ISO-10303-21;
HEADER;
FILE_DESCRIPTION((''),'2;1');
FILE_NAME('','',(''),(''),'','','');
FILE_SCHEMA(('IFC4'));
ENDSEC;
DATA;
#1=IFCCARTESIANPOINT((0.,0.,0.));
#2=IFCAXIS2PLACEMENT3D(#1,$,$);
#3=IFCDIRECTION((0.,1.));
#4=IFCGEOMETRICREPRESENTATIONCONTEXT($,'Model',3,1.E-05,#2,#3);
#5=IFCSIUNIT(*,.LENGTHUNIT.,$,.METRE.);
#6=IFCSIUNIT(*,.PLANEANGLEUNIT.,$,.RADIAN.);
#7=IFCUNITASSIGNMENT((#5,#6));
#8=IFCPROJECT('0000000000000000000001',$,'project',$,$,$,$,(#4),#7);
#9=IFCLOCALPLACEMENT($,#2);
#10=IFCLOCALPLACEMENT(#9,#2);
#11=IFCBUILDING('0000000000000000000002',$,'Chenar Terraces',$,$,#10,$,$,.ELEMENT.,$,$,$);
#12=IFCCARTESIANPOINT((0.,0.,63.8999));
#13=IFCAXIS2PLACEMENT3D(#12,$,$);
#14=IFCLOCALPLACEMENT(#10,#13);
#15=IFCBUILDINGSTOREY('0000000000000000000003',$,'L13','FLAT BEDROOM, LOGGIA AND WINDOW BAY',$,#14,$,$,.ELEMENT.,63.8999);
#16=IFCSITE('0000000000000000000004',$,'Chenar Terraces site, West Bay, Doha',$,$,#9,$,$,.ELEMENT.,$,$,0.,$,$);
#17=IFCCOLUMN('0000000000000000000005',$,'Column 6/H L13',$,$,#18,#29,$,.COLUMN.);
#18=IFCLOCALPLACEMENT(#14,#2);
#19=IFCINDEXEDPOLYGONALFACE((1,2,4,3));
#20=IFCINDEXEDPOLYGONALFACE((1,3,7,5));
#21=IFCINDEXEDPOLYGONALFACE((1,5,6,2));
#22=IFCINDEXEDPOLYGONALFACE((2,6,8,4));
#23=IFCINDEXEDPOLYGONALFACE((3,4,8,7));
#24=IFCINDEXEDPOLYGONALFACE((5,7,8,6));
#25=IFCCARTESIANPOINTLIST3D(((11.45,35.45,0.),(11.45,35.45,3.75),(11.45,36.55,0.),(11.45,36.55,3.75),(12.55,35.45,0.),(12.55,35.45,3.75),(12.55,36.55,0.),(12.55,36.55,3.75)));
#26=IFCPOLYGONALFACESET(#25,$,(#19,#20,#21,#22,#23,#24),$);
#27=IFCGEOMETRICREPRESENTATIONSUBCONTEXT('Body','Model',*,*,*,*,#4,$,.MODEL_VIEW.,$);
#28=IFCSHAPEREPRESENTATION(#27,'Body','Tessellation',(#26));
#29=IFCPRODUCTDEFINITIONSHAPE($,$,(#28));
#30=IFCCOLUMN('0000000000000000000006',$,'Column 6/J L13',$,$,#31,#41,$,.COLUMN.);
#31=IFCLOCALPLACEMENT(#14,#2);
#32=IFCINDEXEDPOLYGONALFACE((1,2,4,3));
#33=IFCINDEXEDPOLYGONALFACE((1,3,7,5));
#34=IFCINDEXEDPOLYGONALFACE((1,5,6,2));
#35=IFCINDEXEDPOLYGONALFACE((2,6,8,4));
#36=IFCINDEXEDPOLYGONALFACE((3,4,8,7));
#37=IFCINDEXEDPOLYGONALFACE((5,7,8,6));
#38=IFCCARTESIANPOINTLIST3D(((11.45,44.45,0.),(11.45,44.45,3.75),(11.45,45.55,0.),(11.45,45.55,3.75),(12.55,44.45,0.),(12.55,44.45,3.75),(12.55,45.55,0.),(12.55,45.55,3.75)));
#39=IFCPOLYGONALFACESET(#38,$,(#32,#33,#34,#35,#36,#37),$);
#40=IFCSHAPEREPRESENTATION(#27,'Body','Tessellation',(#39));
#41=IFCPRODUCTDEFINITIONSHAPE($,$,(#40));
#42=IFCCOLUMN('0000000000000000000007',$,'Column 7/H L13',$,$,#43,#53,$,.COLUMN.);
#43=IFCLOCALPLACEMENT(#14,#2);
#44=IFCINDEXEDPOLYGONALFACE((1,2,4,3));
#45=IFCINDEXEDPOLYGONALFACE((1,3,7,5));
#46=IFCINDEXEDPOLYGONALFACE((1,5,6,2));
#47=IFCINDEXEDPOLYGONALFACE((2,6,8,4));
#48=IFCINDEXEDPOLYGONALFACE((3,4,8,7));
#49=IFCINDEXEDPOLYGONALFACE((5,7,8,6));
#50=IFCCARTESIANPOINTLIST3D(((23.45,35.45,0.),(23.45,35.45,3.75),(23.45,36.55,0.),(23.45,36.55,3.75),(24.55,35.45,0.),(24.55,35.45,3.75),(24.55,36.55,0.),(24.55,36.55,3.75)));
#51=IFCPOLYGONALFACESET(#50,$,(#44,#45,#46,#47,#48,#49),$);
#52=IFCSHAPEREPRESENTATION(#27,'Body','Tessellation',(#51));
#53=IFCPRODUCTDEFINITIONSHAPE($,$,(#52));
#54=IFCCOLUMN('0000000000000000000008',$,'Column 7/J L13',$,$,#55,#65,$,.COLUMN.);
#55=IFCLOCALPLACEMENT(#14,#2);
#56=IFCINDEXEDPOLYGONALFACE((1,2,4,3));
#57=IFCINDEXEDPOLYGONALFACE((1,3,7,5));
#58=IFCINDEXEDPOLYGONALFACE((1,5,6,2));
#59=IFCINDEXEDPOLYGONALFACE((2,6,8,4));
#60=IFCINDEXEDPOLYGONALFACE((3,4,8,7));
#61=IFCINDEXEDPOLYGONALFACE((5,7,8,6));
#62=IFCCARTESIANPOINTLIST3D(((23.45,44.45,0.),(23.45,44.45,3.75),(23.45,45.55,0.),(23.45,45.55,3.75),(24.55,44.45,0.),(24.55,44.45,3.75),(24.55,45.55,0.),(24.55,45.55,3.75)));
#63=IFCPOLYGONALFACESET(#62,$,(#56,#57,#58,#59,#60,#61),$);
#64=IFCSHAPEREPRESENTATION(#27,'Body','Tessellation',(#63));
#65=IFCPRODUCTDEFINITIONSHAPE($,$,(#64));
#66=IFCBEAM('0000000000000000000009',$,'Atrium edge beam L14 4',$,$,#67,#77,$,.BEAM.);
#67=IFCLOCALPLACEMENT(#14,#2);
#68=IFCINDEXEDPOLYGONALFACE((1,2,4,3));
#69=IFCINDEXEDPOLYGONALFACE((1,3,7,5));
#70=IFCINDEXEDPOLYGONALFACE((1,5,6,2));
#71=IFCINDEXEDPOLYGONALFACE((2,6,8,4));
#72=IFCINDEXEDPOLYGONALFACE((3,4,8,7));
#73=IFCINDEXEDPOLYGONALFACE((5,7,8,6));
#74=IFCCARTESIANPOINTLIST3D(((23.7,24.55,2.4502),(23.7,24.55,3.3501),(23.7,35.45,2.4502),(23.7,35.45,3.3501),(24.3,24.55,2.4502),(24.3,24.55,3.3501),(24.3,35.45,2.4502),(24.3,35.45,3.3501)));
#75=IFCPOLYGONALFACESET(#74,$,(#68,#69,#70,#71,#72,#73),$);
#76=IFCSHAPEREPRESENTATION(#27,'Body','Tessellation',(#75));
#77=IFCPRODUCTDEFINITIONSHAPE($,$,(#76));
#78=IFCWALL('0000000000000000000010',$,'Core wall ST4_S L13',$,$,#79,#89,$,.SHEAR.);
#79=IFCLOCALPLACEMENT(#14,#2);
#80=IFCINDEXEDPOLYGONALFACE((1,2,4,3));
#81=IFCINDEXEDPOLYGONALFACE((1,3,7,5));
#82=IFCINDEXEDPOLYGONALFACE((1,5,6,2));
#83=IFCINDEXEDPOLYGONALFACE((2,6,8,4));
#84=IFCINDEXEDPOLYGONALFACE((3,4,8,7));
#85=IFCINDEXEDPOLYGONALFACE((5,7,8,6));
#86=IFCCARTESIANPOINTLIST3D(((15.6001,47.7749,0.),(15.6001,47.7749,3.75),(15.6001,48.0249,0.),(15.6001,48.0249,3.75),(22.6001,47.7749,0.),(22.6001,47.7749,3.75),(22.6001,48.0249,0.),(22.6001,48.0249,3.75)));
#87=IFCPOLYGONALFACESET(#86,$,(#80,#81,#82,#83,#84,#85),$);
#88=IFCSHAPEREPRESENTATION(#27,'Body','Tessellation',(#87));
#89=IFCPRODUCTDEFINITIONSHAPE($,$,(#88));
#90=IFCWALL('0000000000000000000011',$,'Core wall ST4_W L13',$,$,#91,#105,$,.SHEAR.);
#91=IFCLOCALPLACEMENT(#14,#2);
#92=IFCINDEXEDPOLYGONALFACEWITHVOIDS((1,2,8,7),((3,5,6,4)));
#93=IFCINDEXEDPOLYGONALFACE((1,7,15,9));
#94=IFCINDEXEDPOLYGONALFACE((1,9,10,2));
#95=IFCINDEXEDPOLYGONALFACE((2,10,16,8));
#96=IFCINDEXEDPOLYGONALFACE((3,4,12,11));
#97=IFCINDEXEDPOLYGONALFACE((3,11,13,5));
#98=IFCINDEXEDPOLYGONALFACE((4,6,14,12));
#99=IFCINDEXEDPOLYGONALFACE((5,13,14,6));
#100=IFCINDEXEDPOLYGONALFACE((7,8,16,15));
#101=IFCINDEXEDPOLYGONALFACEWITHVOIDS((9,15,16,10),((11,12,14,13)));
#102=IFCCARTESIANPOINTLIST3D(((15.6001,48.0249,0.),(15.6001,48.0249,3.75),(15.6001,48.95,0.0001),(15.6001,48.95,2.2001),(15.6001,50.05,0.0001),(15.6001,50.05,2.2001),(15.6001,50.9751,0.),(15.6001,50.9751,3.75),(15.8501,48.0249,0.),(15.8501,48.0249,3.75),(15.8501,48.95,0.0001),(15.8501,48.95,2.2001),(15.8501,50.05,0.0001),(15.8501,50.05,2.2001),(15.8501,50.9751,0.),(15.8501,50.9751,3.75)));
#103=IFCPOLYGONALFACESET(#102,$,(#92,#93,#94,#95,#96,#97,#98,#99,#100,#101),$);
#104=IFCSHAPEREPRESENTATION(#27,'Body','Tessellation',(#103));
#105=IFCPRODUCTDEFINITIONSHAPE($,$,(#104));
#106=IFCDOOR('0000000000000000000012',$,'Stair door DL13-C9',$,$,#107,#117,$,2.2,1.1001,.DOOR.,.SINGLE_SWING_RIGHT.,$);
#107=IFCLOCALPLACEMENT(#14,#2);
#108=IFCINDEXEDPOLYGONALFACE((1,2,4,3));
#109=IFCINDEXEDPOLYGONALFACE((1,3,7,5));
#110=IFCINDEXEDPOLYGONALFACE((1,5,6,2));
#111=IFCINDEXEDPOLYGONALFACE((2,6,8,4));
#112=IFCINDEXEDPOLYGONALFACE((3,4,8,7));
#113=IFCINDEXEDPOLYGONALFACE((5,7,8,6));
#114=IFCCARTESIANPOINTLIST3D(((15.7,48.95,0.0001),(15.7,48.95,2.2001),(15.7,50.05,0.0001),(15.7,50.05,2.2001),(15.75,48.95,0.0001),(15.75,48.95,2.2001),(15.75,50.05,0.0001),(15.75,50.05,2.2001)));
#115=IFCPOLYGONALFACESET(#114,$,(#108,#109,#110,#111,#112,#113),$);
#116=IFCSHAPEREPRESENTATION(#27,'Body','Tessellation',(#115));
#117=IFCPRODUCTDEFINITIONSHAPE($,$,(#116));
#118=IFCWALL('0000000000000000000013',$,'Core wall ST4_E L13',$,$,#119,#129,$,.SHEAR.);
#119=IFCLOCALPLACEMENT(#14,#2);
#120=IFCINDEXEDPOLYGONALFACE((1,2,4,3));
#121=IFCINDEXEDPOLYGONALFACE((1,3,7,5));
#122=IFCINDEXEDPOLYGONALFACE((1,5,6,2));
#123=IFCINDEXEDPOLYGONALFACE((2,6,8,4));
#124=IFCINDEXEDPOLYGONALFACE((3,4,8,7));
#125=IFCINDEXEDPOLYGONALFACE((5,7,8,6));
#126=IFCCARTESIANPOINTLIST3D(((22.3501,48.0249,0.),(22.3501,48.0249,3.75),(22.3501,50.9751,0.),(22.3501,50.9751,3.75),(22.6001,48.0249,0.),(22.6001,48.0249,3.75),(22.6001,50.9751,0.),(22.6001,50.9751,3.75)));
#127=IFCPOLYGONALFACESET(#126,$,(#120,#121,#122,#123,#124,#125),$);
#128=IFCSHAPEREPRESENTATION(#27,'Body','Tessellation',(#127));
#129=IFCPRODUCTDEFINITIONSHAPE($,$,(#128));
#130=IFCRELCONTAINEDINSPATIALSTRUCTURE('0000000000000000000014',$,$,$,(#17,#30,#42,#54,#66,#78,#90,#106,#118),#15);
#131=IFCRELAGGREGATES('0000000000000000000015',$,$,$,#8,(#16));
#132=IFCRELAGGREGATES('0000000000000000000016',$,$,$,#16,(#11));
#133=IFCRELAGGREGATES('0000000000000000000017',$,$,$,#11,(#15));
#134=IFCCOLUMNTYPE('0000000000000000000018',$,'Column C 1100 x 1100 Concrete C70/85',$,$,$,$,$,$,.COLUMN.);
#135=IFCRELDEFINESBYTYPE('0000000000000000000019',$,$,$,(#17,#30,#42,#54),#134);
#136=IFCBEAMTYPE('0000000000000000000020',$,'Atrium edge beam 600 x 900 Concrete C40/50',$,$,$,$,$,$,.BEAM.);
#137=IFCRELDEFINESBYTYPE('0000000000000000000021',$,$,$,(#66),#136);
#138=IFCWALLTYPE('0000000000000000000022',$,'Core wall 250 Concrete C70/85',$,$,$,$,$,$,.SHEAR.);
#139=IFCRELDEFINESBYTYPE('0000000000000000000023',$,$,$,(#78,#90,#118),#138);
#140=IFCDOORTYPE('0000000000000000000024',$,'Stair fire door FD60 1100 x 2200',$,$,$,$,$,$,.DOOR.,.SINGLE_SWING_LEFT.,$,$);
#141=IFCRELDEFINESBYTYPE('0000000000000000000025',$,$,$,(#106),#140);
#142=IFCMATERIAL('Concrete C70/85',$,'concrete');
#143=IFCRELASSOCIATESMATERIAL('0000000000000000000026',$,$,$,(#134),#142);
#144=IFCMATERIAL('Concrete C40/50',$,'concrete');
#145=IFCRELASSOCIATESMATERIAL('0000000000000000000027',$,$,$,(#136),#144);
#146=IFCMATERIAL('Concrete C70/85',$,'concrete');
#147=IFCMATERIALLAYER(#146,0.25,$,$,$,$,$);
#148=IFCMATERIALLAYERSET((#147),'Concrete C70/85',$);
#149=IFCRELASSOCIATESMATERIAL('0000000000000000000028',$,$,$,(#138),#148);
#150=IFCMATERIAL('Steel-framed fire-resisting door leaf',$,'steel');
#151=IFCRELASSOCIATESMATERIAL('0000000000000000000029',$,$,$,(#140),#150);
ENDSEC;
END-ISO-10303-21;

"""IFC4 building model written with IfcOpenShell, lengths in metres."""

from ifc_helpers import new_model, si_unit, direction, frame, frame_2d, origin, origin_2d, place, context, subcontext, project, spatial, rectangle, extrude, material, layer, layer_set, material_profile, profile_set, type_object, element, fill, save


model = new_model("IFC4")

# Units and contexts
model_context = context("Model", 3, precision=1e-05, world=origin(), true_north=direction((0.0, 1.0)))
body_context = subcontext(model_context, "Body", "Model", "MODEL_VIEW")
ifc_project = project(units=[si_unit("LENGTHUNIT", "METRE"), si_unit("PLANEANGLEUNIT", "RADIAN")], contexts=[model_context])

# Site, building, storey
site_placement = place(None, origin())
site = spatial("IfcSite", under=ifc_project, at=site_placement, Name="Chenar Terraces site, West Bay, Doha", CompositionType="ELEMENT", RefElevation=0.0)
building_placement = place(site_placement, origin())
building = spatial("IfcBuilding", under=site, at=building_placement, Name="Chenar Terraces", CompositionType="ELEMENT")
storey_placement = place(building_placement, frame((0.0, 0.0, 63.8999)))
storey = spatial("IfcBuildingStorey", under=building, at=storey_placement, Name="L13", Description="FLAT BEDROOM, LOGGIA AND WINDOW BAY", CompositionType="ELEMENT", Elevation=63.8999)

# Columns
ifc_material_1 = material(Name="Concrete C70/85", Category="concrete")
ifc_material_profile_1 = material_profile(ifc_material_1, rectangle(XDim=1.1001, YDim=1.1001, at=origin_2d()), Name="C 1100 x 1100")
ifc_profile_set_1 = profile_set([ifc_material_profile_1], Name="Concrete C70/85")
column_type = type_object("IfcColumnType", Name="Column C 1100 x 1100 Concrete C70/85", PredefinedType="COLUMN", material=ifc_profile_set_1)
for number, where, z_axis, x_axis, name in (
    (1, (12.0, 36.0, 0.0), (0.0, 0.0, 1.0), (1.0, 0.0, 0.0), "Column 6/H L13"),
    (2, (12.0, 45.0, 0.0), (0.0, 0.0, 1.0), (1.0, 0.0, 0.0), "Column 6/J L13"),
    (3, (24.0, 36.0, 0.0), (0.0, 0.0, 1.0), (1.0, 0.0, 0.0), "Column 7/H L13"),
    (4, (24.0, 45.0, 0.0), (0.0, 0.0, 1.0), (1.0, 0.0, 0.0), "Column 7/J L13"),
):
    element("IfcColumn", number, at=place(storey_placement, frame(where, z_axis=z_axis, x_axis=x_axis)), inside=storey, type_object=column_type, Name=name, PredefinedType="COLUMN", context=body_context, shape_type="SweptSolid", body=[
        extrude(rectangle(XDim=1.1001, YDim=1.1001, at=origin_2d()), origin(), (0.0, 0.0, 1.0), 3.75),
    ])

# Beam
ifc_material_2 = material(Name="Concrete C40/50", Category="concrete")
ifc_material_profile_2 = material_profile(ifc_material_2, rectangle(XDim=0.6001, YDim=0.8999, at=origin_2d()), Name="RC 600 x 900")
ifc_profile_set_2 = profile_set([ifc_material_profile_2], Name="Concrete C40/50")
beam_type = type_object("IfcBeamType", Name="Atrium edge beam 600 x 900 Concrete C40/50", PredefinedType="BEAM", material=ifc_profile_set_2)
beam_placement = place(storey_placement, frame((24.0, 35.45, 2.9001), z_axis=(0.0, -1.0, 0.0), x_axis=(1.0, 0.0, 0.0)))
element("IfcBeam", 5, at=beam_placement, inside=storey, type_object=beam_type, Name="Atrium edge beam L14 4", PredefinedType="BEAM", context=body_context, shape_type="SweptSolid", body=[
    extrude(rectangle(XDim=0.6001, YDim=0.8999, at=origin_2d()), origin(), (0.0, 0.0, 1.0), 10.8999),
])

# Wall
ifc_material_3 = material(Name="Concrete C70/85", Category="concrete")
ifc_layer_1 = layer(ifc_material_3, 0.25)
ifc_layer_set_1 = layer_set([ifc_layer_1], Name="Concrete C70/85")
wall_type_1 = type_object("IfcWallType", Name="Core wall 250 Concrete C70/85", PredefinedType="SHEAR", material=ifc_layer_set_1)
wall_1_placement = place(storey_placement, frame((15.6001, 47.8999, 0.0), z_axis=(0.0, 0.0, 1.0), x_axis=(1.0, 0.0, 0.0)))
element("IfcWall", 6, at=wall_1_placement, inside=storey, type_object=wall_type_1, Name="Core wall ST4_S L13", PredefinedType="SHEAR", context=body_context, shape_type="SweptSolid", body=[
    extrude(rectangle(XDim=7.0, YDim=0.25, at=frame_2d((3.5, 0.0))), origin(), (0.0, 0.0, 1.0), 3.75),
])

# Wall, opening, door
wall_2_placement = place(storey_placement, frame((15.7251, 48.0249, 0.0), z_axis=(0.0, 0.0, 1.0), x_axis=(0.0, 1.0, 0.0)))
wall_2 = element("IfcWall", 7, at=wall_2_placement, inside=storey, type_object=wall_type_1, Name="Core wall ST4_W L13", PredefinedType="SHEAR", context=body_context, shape_type="SweptSolid", body=[
    extrude(rectangle(XDim=2.9502, YDim=0.25, at=frame_2d((1.4751, 0.0))), origin(), (0.0, 0.0, 1.0), 3.75),
])
opening_1_placement = place(wall_2_placement, frame((0.925, 0.0, 0.0)))
opening_1 = element("IfcOpeningElement", 8, at=opening_1_placement, cuts=wall_2, PredefinedType="OPENING", context=body_context, shape_type="SweptSolid", body=[
    extrude(rectangle(XDim=1.1001, YDim=2.2, at=frame_2d((0.55, 1.1001))), frame((0.0, 0.135, 0.0), z_axis=(0.0, -1.0, 0.0), x_axis=(1.0, 0.0, 0.0)), (0.0, 0.0, 1.0), 0.27),
])
ifc_material_4 = material(Name="Steel-framed fire-resisting door leaf", Category="steel")
door_type_1 = type_object("IfcDoorType", Name="Stair fire door FD60 1100 x 2200", OperationType="SINGLE_SWING_LEFT", PredefinedType="DOOR", material=ifc_material_4)
door_1_placement = place(opening_1_placement, frame((1.1001, 0.0, 0.0), z_axis=(0.0, 0.0, 1.0), x_axis=(-1.0, 0.0, 0.0)))
door_1 = element("IfcDoor", 9, at=door_1_placement, inside=storey, type_object=door_type_1, Name="Stair door DL13-C9", OperationType="SINGLE_SWING_RIGHT", OverallHeight=2.2, OverallWidth=1.1001, PredefinedType="DOOR", context=body_context, shape_type="SweptSolid", body=[
    extrude(rectangle(XDim=1.1001, YDim=2.2, at=frame_2d((0.55, 1.1001))), frame((0.0, 0.0249, 0.0), z_axis=(0.0, -1.0, 0.0), x_axis=(1.0, 0.0, 0.0)), (0.0, 0.0, 1.0), 0.05),
])
fill(opening_1, door_1)

# Wall
wall_3_placement = place(storey_placement, frame((22.4751, 48.0249, 0.0), z_axis=(0.0, 0.0, 1.0), x_axis=(0.0, 1.0, 0.0)))
element("IfcWall", 10, at=wall_3_placement, inside=storey, type_object=wall_type_1, Name="Core wall ST4_E L13", PredefinedType="SHEAR", context=body_context, shape_type="SweptSolid", body=[
    extrude(rectangle(XDim=2.9502, YDim=0.25, at=frame_2d((1.4751, 0.0))), origin(), (0.0, 0.0, 1.0), 3.75),
])

save(model, "model.ifc")
